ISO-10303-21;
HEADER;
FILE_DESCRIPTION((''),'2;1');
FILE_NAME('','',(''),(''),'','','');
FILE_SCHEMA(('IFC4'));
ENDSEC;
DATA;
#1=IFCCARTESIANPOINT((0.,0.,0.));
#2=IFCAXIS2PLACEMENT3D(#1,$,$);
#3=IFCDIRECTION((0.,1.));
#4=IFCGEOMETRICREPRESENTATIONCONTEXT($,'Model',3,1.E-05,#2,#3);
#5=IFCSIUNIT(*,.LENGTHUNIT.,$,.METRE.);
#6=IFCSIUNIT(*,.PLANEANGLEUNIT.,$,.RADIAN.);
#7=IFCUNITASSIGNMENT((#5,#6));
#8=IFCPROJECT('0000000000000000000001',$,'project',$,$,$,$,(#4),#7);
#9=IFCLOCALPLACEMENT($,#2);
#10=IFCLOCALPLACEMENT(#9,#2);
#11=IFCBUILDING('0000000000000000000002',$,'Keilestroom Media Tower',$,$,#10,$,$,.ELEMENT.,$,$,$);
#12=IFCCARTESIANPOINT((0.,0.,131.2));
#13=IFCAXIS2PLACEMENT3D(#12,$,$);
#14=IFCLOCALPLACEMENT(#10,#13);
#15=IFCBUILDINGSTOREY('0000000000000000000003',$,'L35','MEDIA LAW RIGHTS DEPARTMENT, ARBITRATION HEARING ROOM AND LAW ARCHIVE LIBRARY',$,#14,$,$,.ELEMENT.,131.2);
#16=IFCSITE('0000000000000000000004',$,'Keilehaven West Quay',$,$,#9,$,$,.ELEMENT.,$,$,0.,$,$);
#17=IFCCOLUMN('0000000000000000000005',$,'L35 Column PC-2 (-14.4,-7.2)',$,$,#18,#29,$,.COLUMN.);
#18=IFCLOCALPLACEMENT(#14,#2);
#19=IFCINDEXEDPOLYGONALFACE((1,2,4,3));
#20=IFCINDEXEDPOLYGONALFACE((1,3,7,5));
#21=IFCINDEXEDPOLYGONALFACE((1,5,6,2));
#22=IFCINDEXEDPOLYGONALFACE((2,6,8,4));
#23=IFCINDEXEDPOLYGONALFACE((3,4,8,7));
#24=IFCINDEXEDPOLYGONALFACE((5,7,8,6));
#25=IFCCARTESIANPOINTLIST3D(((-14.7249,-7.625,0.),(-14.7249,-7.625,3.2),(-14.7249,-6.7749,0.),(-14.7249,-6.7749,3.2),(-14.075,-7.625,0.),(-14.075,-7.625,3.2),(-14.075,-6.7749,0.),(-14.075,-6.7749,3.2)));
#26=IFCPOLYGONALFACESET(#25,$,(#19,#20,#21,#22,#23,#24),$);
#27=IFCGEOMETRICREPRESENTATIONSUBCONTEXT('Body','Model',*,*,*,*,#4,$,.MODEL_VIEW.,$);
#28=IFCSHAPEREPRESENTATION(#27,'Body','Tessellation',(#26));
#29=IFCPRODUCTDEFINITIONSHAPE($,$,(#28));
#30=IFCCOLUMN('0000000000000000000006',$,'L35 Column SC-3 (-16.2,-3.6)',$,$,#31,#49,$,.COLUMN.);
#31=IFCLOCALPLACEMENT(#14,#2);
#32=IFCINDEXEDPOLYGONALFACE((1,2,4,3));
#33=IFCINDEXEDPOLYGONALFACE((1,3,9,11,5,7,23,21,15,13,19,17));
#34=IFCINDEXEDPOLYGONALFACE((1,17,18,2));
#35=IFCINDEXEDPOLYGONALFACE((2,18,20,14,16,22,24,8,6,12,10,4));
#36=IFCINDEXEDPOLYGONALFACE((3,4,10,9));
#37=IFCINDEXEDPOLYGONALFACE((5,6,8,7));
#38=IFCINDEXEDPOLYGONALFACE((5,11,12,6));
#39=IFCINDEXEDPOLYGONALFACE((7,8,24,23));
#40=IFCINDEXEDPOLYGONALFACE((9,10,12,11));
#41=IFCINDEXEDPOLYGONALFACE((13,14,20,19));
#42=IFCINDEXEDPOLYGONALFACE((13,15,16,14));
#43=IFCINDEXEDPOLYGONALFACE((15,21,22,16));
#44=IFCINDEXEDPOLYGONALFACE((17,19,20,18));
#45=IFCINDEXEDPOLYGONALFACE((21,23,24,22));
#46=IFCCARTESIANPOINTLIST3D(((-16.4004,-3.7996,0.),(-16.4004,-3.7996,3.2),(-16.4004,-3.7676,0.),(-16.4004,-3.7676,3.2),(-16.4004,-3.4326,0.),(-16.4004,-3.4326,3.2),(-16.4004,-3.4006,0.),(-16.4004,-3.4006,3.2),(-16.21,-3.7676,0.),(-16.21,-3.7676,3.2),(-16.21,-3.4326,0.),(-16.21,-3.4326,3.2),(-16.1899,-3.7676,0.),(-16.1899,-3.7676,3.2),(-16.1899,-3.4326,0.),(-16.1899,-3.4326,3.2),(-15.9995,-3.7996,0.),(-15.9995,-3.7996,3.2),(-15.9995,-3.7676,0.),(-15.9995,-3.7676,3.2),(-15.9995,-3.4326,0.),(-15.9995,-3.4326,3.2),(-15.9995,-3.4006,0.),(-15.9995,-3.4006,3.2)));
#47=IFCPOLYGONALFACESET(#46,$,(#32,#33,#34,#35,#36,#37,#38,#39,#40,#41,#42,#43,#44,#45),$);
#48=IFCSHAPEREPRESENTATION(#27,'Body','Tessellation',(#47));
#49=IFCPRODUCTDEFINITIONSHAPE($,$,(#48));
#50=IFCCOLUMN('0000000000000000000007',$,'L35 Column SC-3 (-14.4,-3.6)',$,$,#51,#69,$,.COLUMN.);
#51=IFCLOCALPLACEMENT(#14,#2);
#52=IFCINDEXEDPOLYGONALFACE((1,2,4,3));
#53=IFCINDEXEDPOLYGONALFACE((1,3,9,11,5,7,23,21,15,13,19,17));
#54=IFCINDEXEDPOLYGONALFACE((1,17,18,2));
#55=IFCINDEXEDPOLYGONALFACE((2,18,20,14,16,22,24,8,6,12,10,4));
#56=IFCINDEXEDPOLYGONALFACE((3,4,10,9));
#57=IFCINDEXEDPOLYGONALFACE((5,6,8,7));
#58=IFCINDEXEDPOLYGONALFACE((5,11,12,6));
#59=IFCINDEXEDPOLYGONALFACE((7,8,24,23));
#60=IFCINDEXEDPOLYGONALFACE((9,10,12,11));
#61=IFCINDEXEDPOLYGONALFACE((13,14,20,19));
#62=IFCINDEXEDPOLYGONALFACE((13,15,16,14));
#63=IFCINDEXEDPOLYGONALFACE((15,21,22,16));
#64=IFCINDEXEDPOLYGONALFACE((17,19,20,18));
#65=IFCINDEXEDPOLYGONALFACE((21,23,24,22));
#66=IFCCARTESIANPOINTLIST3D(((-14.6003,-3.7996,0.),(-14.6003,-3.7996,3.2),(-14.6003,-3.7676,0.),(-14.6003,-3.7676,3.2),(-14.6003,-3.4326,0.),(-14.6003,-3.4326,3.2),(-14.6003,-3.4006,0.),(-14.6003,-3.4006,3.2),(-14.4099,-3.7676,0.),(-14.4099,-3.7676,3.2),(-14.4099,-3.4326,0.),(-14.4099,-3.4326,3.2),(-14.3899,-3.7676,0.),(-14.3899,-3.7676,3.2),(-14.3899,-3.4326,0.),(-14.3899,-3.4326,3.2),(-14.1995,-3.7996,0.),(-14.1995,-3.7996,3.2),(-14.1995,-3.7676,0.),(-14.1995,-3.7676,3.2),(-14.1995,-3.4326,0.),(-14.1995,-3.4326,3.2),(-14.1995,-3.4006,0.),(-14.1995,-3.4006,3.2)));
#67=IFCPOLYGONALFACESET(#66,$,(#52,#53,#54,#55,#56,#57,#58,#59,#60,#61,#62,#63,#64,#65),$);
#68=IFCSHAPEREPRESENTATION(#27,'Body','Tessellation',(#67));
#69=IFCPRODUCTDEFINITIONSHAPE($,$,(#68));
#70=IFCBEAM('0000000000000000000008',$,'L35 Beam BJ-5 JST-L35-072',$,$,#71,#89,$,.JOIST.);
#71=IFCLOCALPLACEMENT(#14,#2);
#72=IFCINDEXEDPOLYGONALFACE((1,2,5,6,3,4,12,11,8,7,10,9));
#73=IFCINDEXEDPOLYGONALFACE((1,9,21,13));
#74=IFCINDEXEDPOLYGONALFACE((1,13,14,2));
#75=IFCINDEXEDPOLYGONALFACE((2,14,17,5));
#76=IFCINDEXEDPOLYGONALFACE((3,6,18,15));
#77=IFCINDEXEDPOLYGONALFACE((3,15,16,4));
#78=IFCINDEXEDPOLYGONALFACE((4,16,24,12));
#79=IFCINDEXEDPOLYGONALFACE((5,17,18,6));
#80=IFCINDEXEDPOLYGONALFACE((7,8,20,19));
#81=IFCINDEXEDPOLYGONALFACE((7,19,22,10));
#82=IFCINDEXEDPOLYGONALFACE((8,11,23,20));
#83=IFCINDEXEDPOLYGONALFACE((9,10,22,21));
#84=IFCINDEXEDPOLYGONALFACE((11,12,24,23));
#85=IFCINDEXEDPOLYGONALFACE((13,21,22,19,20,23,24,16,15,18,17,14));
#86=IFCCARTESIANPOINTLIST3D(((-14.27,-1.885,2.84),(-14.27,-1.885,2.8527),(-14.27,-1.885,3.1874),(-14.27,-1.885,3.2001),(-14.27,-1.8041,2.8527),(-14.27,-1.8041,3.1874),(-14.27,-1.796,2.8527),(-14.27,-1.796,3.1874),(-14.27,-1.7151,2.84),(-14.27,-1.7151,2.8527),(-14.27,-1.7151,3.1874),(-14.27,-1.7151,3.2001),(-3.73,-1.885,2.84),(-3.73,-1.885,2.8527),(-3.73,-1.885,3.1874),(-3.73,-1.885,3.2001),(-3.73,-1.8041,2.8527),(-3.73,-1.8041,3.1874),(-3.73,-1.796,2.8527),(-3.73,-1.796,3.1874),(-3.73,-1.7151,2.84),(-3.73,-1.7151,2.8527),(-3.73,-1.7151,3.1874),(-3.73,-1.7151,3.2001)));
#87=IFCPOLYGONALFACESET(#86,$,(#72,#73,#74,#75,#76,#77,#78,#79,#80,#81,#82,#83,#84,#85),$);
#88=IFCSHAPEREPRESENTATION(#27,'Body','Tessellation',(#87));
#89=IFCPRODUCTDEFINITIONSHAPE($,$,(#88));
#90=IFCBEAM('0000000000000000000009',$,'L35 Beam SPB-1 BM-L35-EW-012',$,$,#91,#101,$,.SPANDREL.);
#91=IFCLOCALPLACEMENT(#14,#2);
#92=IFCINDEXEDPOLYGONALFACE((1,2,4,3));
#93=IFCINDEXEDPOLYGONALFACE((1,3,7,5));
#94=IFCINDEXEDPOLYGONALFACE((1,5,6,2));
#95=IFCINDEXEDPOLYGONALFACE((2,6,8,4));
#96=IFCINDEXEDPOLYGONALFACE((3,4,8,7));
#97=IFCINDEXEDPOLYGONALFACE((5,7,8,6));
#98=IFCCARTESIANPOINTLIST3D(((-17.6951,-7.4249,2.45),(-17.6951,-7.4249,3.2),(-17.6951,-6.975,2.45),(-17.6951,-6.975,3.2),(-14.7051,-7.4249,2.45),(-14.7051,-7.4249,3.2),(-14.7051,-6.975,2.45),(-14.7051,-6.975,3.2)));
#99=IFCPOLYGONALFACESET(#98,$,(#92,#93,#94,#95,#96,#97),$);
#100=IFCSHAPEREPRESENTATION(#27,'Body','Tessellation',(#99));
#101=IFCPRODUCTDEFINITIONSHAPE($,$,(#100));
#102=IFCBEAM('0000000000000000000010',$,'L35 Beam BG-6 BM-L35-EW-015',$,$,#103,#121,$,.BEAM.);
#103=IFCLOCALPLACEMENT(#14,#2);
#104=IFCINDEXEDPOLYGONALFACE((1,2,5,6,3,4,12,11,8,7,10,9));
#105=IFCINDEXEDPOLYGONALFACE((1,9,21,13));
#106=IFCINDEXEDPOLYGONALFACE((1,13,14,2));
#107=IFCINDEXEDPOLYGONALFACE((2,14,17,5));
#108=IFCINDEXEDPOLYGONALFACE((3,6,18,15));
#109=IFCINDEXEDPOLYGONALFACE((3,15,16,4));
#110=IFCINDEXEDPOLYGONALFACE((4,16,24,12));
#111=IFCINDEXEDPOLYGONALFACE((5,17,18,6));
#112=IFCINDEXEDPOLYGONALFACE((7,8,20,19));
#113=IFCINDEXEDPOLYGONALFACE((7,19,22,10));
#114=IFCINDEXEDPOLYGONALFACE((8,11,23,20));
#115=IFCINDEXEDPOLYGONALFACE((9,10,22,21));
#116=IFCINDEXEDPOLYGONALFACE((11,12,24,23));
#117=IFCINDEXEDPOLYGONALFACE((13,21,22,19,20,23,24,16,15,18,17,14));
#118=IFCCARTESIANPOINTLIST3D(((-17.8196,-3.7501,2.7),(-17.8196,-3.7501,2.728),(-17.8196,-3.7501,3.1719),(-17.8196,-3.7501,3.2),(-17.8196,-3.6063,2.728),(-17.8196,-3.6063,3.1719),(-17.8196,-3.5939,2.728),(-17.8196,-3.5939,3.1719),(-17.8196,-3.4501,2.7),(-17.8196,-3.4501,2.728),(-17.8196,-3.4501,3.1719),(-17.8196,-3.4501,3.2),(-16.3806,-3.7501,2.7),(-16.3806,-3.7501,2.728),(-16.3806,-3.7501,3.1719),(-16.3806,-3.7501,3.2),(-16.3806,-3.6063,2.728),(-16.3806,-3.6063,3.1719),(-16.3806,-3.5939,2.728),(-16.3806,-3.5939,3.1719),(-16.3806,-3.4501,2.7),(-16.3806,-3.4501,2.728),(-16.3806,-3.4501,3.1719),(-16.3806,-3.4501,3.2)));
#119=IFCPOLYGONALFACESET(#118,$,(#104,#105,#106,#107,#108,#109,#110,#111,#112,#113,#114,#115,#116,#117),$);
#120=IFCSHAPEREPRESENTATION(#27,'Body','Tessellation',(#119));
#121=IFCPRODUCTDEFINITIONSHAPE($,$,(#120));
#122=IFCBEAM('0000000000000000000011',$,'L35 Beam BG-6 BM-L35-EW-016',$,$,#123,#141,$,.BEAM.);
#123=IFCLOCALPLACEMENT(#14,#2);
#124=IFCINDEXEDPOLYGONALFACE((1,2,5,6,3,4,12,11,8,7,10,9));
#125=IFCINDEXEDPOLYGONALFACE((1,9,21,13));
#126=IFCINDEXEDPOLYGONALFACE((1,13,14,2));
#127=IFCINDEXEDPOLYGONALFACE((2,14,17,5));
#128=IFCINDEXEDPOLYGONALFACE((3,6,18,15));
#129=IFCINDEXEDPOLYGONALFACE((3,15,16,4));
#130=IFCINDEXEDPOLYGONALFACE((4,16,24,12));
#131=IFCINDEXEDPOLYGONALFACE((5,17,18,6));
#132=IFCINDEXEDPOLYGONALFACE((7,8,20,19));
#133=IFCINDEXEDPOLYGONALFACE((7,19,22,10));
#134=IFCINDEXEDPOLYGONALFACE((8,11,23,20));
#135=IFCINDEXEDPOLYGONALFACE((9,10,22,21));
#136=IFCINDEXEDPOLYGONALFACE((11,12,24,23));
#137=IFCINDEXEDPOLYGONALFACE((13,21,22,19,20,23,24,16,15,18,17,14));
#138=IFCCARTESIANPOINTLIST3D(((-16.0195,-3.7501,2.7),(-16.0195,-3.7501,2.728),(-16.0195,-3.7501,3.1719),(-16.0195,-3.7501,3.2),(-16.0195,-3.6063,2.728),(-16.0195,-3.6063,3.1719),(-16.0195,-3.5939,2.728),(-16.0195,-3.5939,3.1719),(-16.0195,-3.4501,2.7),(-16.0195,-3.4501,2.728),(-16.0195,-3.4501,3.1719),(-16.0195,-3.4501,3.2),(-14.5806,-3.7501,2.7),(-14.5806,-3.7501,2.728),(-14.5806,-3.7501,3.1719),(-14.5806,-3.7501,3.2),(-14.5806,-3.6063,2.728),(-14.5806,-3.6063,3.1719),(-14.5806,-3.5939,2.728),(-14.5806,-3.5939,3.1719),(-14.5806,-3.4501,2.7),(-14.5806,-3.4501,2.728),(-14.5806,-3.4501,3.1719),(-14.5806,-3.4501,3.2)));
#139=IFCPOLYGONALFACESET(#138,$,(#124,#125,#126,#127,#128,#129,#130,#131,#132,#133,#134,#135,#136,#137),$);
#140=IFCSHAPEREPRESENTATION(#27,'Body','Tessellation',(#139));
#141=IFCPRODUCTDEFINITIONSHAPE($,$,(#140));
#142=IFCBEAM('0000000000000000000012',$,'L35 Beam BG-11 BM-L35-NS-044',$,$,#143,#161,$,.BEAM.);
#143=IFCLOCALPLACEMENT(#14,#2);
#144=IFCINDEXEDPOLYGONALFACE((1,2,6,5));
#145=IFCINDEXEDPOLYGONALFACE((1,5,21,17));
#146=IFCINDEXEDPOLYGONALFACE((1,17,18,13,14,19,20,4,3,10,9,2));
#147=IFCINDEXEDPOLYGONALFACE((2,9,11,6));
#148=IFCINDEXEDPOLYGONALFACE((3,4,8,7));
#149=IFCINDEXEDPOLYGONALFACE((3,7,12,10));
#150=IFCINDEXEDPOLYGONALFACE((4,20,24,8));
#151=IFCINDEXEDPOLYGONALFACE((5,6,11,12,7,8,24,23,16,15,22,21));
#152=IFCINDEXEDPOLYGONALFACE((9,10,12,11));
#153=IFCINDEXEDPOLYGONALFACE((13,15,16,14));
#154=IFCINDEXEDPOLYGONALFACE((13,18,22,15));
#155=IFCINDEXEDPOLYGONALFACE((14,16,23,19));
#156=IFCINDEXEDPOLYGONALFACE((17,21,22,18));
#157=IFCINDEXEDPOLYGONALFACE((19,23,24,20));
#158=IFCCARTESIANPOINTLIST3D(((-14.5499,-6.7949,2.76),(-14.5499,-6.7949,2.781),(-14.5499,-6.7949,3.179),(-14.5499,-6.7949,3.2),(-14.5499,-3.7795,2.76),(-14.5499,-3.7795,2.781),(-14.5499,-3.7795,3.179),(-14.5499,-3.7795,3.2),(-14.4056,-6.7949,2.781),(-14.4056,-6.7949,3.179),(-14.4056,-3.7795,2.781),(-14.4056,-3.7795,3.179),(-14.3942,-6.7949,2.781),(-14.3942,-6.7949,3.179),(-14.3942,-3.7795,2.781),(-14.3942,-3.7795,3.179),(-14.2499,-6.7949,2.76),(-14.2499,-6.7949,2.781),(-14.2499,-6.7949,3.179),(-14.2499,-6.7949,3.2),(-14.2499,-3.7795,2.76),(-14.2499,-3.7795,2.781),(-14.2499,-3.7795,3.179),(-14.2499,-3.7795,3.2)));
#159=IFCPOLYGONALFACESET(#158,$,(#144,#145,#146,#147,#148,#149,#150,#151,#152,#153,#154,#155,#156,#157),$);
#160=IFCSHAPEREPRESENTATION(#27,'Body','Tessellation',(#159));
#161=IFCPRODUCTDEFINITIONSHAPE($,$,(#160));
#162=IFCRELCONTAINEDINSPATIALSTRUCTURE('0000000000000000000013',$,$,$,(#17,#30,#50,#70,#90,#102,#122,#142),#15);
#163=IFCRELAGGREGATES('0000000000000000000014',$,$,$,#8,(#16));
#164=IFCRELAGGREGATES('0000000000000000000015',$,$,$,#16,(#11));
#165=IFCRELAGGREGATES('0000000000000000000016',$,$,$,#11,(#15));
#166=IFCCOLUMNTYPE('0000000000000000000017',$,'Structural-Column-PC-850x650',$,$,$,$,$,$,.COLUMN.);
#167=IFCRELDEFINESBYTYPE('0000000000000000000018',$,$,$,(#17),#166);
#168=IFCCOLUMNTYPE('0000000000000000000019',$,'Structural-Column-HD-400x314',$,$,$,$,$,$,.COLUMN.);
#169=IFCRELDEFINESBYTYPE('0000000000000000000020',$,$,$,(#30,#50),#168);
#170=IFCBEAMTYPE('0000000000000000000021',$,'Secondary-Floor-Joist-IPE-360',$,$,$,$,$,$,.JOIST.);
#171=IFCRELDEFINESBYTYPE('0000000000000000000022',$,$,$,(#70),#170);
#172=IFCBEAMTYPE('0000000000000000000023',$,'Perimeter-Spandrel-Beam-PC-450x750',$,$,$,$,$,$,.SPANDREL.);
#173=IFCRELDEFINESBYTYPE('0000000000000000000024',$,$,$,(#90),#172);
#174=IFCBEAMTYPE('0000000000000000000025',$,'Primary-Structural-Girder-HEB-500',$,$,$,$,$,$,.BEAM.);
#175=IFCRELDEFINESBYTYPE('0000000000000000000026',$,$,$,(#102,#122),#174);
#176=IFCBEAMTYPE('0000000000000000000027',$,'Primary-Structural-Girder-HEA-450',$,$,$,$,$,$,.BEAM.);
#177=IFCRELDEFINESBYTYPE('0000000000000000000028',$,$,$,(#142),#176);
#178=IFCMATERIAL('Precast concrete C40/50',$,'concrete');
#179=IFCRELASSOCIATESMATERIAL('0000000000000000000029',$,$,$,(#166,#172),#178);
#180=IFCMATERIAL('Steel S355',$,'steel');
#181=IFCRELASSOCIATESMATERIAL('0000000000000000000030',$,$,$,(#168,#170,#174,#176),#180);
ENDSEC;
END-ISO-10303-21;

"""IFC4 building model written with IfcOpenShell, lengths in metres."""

from ifc_helpers import new_model, si_unit, direction, frame, origin, origin_2d, place, context, subcontext, project, spatial, rectangle, i_section, extrude, source, transform, mapped, material, material_profile, profile_set, type_object, element, save


model = new_model("IFC4")

# Units and contexts
model_context = context("Model", 3, precision=1e-05, world=origin(), true_north=direction((0.0, 1.0)))
body_context = subcontext(model_context, "Body", "Model", "MODEL_VIEW")
ifc_project = project(units=[si_unit("LENGTHUNIT", "METRE"), si_unit("PLANEANGLEUNIT", "RADIAN")], contexts=[model_context])

# Site, building, storey
site_placement = place(None, origin())
site = spatial("IfcSite", under=ifc_project, at=site_placement, Name="Keilehaven West Quay", CompositionType="ELEMENT", RefElevation=0.0)
building_placement = place(site_placement, origin())
building = spatial("IfcBuilding", under=site, at=building_placement, Name="Keilestroom Media Tower", CompositionType="ELEMENT")
storey_placement = place(building_placement, frame((0.0, 0.0, 131.2)))
storey = spatial("IfcBuildingStorey", under=building, at=storey_placement, Name="L35", Description="MEDIA LAW RIGHTS DEPARTMENT, ARBITRATION HEARING ROOM AND LAW ARCHIVE LIBRARY", CompositionType="ELEMENT", Elevation=131.2)

# Columns
ifc_material_1 = material(Name="Precast concrete C40/50", Category="concrete")
ifc_material_profile_1 = material_profile(ifc_material_1, rectangle(XDim=0.6499, YDim=0.8501, at=origin_2d()), Name="PC 850x650")
ifc_profile_set_1 = profile_set([ifc_material_profile_1], Name="Precast concrete C40/50")
column_type_1 = type_object("IfcColumnType", Name="Structural-Column-PC-850x650", PredefinedType="COLUMN", material=ifc_profile_set_1)
shared_shape_1 = source(origin(), body_context, "Body", "SweptSolid", [
    extrude(rectangle(XDim=0.6499, YDim=0.8501, at=origin_2d()), origin(), (0.0, 0.0, 1.0), 3.2),
])
column_placement = place(storey_placement, frame((-14.3999, -7.2, 0.0), z_axis=(0.0, 0.0, 1.0), x_axis=(1.0, 0.0, 0.0)))
element("IfcColumn", 1, at=column_placement, inside=storey, type_object=column_type_1, Name="L35 Column PC-2 (-14.4,-7.2)", PredefinedType="COLUMN", context=body_context, shape_type="MappedRepresentation", body=[
    mapped(shared_shape_1, transform((0.0, 0.0, 0.0), x_axis=(1.0, 0.0, 0.0), y_axis=(0.0, 1.0, 0.0), z_axis=(0.0, 0.0, 1.0), scale=1.0)),
])
ifc_material_2 = material(Name="Steel S355", Category="steel")
ifc_material_profile_2 = material_profile(ifc_material_2, i_section(OverallWidth=0.4009, OverallDepth=0.3989, WebThickness=0.02, FlangeThickness=0.032, at=origin_2d()), Name="HD 400x314")
ifc_profile_set_2 = profile_set([ifc_material_profile_2], Name="Steel S355")
column_type_2 = type_object("IfcColumnType", Name="Structural-Column-HD-400x314", PredefinedType="COLUMN", material=ifc_profile_set_2)
shared_shape_2 = source(origin(), body_context, "Body", "SweptSolid", [
    extrude(i_section(OverallWidth=0.4009, OverallDepth=0.3989, WebThickness=0.02, FlangeThickness=0.032, at=origin_2d()), origin(), (0.0, 0.0, 1.0), 3.2),
])
for number, where, z_axis, x_axis, name in (
    (2, (-16.2, -3.6001, 0.0), (0.0, 0.0, 1.0), (1.0, 0.0, 0.0), "L35 Column SC-3 (-16.2,-3.6)"),
    (3, (-14.3999, -3.6001, 0.0), (0.0, 0.0, 1.0), (1.0, 0.0, 0.0), "L35 Column SC-3 (-14.4,-3.6)"),
):
    element("IfcColumn", number, at=place(storey_placement, frame(where, z_axis=z_axis, x_axis=x_axis)), inside=storey, type_object=column_type_2, Name=name, PredefinedType="COLUMN", context=body_context, shape_type="MappedRepresentation", body=[
        mapped(shared_shape_2, transform((0.0, 0.0, 0.0), x_axis=(1.0, 0.0, 0.0), y_axis=(0.0, 1.0, 0.0), z_axis=(0.0, 0.0, 1.0), scale=1.0)),
    ])

# Beams
ifc_material_profile_3 = material_profile(ifc_material_2, i_section(OverallWidth=0.1699, OverallDepth=0.3601, WebThickness=0.0081, FlangeThickness=0.0127, at=origin_2d()), Name="IPE 360")
ifc_profile_set_3 = profile_set([ifc_material_profile_3], Name="Steel S355")
beam_type_1 = type_object("IfcBeamType", Name="Secondary-Floor-Joist-IPE-360", PredefinedType="JOIST", material=ifc_profile_set_3)
shared_shape_3 = source(origin(), body_context, "Body", "SweptSolid", [
    extrude(i_section(OverallWidth=0.1699, OverallDepth=0.3601, WebThickness=0.0081, FlangeThickness=0.0127, at=origin_2d()), origin(), (0.0, 0.0, 1.0), 10.54),
])
beam_1_placement = place(storey_placement, frame((-14.27, -1.8, 3.02), z_axis=(1.0, 0.0, 0.0), x_axis=(0.0, 1.0, 0.0)))
element("IfcBeam", 4, at=beam_1_placement, inside=storey, type_object=beam_type_1, Name="L35 Beam BJ-5 JST-L35-072", PredefinedType="JOIST", context=body_context, shape_type="MappedRepresentation", body=[
    mapped(shared_shape_3, transform((0.0, 0.0, 0.0), x_axis=(1.0, 0.0, 0.0), y_axis=(0.0, 1.0, 0.0), z_axis=(0.0, 0.0, 1.0), scale=1.0)),
])
ifc_material_profile_4 = material_profile(ifc_material_1, rectangle(XDim=0.45, YDim=0.75, at=origin_2d()), Name="PC 450x750")
ifc_profile_set_4 = profile_set([ifc_material_profile_4], Name="Precast concrete C40/50")
beam_type_2 = type_object("IfcBeamType", Name="Perimeter-Spandrel-Beam-PC-450x750", PredefinedType="SPANDREL", material=ifc_profile_set_4)
shared_shape_4 = source(origin(), body_context, "Body", "SweptSolid", [
    extrude(rectangle(XDim=0.45, YDim=0.75, at=origin_2d()), origin(), (0.0, 0.0, 1.0), 2.99),
])
beam_2_placement = place(storey_placement, frame((-17.6951, -7.2, 2.825), z_axis=(1.0, 0.0, 0.0), x_axis=(0.0, 1.0, 0.0)))
element("IfcBeam", 5, at=beam_2_placement, inside=storey, type_object=beam_type_2, Name="L35 Beam SPB-1 BM-L35-EW-012", PredefinedType="SPANDREL", context=body_context, shape_type="MappedRepresentation", body=[
    mapped(shared_shape_4, transform((0.0, 0.0, 0.0), x_axis=(1.0, 0.0, 0.0), y_axis=(0.0, 1.0, 0.0), z_axis=(0.0, 0.0, 1.0), scale=1.0)),
])
ifc_material_profile_5 = material_profile(ifc_material_2, i_section(OverallWidth=0.3, OverallDepth=0.5, WebThickness=0.0125, FlangeThickness=0.0281, at=origin_2d()), Name="HEB 500")
ifc_profile_set_5 = profile_set([ifc_material_profile_5], Name="Steel S355")
beam_type_3 = type_object("IfcBeamType", Name="Primary-Structural-Girder-HEB-500", PredefinedType="BEAM", material=ifc_profile_set_5)
shared_shape_5 = source(origin(), body_context, "Body", "SweptSolid", [
    extrude(i_section(OverallWidth=0.3, OverallDepth=0.5, WebThickness=0.0125, FlangeThickness=0.0281, at=origin_2d()), origin(), (0.0, 0.0, 1.0), 1.439),
])
for number, where, z_axis, x_axis, name in (
    (6, (-17.8196, -3.6001, 2.95), (1.0, 0.0, 0.0), (0.0, 1.0, 0.0), "L35 Beam BG-6 BM-L35-EW-015"),
    (7, (-16.0195, -3.6001, 2.95), (1.0, 0.0, 0.0), (0.0, 1.0, 0.0), "L35 Beam BG-6 BM-L35-EW-016"),
):
    element("IfcBeam", number, at=place(storey_placement, frame(where, z_axis=z_axis, x_axis=x_axis)), inside=storey, type_object=beam_type_3, Name=name, PredefinedType="BEAM", context=body_context, shape_type="MappedRepresentation", body=[
        mapped(shared_shape_5, transform((0.0, 0.0, 0.0), x_axis=(1.0, 0.0, 0.0), y_axis=(0.0, 1.0, 0.0), z_axis=(0.0, 0.0, 1.0), scale=1.0)),
    ])
ifc_material_profile_6 = material_profile(ifc_material_2, i_section(OverallWidth=0.3, OverallDepth=0.4399, WebThickness=0.0115, FlangeThickness=0.021, at=origin_2d()), Name="HEA 450")
ifc_profile_set_6 = profile_set([ifc_material_profile_6], Name="Steel S355")
beam_type_4 = type_object("IfcBeamType", Name="Primary-Structural-Girder-HEA-450", PredefinedType="BEAM", material=ifc_profile_set_6)
shared_shape_6 = source(origin(), body_context, "Body", "SweptSolid", [
    extrude(i_section(OverallWidth=0.3, OverallDepth=0.4399, WebThickness=0.0115, FlangeThickness=0.021, at=origin_2d()), origin(), (0.0, 0.0, 1.0), 3.0154),
])
beam_3_placement = place(storey_placement, frame((-14.3999, -6.7949, 2.98), z_axis=(0.0, 1.0, 0.0), x_axis=(-1.0, 0.0, 0.0)))
element("IfcBeam", 8, at=beam_3_placement, inside=storey, type_object=beam_type_4, Name="L35 Beam BG-11 BM-L35-NS-044", PredefinedType="BEAM", context=body_context, shape_type="MappedRepresentation", body=[
    mapped(shared_shape_6, transform((0.0, 0.0, 0.0), x_axis=(1.0, 0.0, 0.0), y_axis=(0.0, 1.0, 0.0), z_axis=(0.0, 0.0, 1.0), scale=1.0)),
])

save(model, "model.ifc")
